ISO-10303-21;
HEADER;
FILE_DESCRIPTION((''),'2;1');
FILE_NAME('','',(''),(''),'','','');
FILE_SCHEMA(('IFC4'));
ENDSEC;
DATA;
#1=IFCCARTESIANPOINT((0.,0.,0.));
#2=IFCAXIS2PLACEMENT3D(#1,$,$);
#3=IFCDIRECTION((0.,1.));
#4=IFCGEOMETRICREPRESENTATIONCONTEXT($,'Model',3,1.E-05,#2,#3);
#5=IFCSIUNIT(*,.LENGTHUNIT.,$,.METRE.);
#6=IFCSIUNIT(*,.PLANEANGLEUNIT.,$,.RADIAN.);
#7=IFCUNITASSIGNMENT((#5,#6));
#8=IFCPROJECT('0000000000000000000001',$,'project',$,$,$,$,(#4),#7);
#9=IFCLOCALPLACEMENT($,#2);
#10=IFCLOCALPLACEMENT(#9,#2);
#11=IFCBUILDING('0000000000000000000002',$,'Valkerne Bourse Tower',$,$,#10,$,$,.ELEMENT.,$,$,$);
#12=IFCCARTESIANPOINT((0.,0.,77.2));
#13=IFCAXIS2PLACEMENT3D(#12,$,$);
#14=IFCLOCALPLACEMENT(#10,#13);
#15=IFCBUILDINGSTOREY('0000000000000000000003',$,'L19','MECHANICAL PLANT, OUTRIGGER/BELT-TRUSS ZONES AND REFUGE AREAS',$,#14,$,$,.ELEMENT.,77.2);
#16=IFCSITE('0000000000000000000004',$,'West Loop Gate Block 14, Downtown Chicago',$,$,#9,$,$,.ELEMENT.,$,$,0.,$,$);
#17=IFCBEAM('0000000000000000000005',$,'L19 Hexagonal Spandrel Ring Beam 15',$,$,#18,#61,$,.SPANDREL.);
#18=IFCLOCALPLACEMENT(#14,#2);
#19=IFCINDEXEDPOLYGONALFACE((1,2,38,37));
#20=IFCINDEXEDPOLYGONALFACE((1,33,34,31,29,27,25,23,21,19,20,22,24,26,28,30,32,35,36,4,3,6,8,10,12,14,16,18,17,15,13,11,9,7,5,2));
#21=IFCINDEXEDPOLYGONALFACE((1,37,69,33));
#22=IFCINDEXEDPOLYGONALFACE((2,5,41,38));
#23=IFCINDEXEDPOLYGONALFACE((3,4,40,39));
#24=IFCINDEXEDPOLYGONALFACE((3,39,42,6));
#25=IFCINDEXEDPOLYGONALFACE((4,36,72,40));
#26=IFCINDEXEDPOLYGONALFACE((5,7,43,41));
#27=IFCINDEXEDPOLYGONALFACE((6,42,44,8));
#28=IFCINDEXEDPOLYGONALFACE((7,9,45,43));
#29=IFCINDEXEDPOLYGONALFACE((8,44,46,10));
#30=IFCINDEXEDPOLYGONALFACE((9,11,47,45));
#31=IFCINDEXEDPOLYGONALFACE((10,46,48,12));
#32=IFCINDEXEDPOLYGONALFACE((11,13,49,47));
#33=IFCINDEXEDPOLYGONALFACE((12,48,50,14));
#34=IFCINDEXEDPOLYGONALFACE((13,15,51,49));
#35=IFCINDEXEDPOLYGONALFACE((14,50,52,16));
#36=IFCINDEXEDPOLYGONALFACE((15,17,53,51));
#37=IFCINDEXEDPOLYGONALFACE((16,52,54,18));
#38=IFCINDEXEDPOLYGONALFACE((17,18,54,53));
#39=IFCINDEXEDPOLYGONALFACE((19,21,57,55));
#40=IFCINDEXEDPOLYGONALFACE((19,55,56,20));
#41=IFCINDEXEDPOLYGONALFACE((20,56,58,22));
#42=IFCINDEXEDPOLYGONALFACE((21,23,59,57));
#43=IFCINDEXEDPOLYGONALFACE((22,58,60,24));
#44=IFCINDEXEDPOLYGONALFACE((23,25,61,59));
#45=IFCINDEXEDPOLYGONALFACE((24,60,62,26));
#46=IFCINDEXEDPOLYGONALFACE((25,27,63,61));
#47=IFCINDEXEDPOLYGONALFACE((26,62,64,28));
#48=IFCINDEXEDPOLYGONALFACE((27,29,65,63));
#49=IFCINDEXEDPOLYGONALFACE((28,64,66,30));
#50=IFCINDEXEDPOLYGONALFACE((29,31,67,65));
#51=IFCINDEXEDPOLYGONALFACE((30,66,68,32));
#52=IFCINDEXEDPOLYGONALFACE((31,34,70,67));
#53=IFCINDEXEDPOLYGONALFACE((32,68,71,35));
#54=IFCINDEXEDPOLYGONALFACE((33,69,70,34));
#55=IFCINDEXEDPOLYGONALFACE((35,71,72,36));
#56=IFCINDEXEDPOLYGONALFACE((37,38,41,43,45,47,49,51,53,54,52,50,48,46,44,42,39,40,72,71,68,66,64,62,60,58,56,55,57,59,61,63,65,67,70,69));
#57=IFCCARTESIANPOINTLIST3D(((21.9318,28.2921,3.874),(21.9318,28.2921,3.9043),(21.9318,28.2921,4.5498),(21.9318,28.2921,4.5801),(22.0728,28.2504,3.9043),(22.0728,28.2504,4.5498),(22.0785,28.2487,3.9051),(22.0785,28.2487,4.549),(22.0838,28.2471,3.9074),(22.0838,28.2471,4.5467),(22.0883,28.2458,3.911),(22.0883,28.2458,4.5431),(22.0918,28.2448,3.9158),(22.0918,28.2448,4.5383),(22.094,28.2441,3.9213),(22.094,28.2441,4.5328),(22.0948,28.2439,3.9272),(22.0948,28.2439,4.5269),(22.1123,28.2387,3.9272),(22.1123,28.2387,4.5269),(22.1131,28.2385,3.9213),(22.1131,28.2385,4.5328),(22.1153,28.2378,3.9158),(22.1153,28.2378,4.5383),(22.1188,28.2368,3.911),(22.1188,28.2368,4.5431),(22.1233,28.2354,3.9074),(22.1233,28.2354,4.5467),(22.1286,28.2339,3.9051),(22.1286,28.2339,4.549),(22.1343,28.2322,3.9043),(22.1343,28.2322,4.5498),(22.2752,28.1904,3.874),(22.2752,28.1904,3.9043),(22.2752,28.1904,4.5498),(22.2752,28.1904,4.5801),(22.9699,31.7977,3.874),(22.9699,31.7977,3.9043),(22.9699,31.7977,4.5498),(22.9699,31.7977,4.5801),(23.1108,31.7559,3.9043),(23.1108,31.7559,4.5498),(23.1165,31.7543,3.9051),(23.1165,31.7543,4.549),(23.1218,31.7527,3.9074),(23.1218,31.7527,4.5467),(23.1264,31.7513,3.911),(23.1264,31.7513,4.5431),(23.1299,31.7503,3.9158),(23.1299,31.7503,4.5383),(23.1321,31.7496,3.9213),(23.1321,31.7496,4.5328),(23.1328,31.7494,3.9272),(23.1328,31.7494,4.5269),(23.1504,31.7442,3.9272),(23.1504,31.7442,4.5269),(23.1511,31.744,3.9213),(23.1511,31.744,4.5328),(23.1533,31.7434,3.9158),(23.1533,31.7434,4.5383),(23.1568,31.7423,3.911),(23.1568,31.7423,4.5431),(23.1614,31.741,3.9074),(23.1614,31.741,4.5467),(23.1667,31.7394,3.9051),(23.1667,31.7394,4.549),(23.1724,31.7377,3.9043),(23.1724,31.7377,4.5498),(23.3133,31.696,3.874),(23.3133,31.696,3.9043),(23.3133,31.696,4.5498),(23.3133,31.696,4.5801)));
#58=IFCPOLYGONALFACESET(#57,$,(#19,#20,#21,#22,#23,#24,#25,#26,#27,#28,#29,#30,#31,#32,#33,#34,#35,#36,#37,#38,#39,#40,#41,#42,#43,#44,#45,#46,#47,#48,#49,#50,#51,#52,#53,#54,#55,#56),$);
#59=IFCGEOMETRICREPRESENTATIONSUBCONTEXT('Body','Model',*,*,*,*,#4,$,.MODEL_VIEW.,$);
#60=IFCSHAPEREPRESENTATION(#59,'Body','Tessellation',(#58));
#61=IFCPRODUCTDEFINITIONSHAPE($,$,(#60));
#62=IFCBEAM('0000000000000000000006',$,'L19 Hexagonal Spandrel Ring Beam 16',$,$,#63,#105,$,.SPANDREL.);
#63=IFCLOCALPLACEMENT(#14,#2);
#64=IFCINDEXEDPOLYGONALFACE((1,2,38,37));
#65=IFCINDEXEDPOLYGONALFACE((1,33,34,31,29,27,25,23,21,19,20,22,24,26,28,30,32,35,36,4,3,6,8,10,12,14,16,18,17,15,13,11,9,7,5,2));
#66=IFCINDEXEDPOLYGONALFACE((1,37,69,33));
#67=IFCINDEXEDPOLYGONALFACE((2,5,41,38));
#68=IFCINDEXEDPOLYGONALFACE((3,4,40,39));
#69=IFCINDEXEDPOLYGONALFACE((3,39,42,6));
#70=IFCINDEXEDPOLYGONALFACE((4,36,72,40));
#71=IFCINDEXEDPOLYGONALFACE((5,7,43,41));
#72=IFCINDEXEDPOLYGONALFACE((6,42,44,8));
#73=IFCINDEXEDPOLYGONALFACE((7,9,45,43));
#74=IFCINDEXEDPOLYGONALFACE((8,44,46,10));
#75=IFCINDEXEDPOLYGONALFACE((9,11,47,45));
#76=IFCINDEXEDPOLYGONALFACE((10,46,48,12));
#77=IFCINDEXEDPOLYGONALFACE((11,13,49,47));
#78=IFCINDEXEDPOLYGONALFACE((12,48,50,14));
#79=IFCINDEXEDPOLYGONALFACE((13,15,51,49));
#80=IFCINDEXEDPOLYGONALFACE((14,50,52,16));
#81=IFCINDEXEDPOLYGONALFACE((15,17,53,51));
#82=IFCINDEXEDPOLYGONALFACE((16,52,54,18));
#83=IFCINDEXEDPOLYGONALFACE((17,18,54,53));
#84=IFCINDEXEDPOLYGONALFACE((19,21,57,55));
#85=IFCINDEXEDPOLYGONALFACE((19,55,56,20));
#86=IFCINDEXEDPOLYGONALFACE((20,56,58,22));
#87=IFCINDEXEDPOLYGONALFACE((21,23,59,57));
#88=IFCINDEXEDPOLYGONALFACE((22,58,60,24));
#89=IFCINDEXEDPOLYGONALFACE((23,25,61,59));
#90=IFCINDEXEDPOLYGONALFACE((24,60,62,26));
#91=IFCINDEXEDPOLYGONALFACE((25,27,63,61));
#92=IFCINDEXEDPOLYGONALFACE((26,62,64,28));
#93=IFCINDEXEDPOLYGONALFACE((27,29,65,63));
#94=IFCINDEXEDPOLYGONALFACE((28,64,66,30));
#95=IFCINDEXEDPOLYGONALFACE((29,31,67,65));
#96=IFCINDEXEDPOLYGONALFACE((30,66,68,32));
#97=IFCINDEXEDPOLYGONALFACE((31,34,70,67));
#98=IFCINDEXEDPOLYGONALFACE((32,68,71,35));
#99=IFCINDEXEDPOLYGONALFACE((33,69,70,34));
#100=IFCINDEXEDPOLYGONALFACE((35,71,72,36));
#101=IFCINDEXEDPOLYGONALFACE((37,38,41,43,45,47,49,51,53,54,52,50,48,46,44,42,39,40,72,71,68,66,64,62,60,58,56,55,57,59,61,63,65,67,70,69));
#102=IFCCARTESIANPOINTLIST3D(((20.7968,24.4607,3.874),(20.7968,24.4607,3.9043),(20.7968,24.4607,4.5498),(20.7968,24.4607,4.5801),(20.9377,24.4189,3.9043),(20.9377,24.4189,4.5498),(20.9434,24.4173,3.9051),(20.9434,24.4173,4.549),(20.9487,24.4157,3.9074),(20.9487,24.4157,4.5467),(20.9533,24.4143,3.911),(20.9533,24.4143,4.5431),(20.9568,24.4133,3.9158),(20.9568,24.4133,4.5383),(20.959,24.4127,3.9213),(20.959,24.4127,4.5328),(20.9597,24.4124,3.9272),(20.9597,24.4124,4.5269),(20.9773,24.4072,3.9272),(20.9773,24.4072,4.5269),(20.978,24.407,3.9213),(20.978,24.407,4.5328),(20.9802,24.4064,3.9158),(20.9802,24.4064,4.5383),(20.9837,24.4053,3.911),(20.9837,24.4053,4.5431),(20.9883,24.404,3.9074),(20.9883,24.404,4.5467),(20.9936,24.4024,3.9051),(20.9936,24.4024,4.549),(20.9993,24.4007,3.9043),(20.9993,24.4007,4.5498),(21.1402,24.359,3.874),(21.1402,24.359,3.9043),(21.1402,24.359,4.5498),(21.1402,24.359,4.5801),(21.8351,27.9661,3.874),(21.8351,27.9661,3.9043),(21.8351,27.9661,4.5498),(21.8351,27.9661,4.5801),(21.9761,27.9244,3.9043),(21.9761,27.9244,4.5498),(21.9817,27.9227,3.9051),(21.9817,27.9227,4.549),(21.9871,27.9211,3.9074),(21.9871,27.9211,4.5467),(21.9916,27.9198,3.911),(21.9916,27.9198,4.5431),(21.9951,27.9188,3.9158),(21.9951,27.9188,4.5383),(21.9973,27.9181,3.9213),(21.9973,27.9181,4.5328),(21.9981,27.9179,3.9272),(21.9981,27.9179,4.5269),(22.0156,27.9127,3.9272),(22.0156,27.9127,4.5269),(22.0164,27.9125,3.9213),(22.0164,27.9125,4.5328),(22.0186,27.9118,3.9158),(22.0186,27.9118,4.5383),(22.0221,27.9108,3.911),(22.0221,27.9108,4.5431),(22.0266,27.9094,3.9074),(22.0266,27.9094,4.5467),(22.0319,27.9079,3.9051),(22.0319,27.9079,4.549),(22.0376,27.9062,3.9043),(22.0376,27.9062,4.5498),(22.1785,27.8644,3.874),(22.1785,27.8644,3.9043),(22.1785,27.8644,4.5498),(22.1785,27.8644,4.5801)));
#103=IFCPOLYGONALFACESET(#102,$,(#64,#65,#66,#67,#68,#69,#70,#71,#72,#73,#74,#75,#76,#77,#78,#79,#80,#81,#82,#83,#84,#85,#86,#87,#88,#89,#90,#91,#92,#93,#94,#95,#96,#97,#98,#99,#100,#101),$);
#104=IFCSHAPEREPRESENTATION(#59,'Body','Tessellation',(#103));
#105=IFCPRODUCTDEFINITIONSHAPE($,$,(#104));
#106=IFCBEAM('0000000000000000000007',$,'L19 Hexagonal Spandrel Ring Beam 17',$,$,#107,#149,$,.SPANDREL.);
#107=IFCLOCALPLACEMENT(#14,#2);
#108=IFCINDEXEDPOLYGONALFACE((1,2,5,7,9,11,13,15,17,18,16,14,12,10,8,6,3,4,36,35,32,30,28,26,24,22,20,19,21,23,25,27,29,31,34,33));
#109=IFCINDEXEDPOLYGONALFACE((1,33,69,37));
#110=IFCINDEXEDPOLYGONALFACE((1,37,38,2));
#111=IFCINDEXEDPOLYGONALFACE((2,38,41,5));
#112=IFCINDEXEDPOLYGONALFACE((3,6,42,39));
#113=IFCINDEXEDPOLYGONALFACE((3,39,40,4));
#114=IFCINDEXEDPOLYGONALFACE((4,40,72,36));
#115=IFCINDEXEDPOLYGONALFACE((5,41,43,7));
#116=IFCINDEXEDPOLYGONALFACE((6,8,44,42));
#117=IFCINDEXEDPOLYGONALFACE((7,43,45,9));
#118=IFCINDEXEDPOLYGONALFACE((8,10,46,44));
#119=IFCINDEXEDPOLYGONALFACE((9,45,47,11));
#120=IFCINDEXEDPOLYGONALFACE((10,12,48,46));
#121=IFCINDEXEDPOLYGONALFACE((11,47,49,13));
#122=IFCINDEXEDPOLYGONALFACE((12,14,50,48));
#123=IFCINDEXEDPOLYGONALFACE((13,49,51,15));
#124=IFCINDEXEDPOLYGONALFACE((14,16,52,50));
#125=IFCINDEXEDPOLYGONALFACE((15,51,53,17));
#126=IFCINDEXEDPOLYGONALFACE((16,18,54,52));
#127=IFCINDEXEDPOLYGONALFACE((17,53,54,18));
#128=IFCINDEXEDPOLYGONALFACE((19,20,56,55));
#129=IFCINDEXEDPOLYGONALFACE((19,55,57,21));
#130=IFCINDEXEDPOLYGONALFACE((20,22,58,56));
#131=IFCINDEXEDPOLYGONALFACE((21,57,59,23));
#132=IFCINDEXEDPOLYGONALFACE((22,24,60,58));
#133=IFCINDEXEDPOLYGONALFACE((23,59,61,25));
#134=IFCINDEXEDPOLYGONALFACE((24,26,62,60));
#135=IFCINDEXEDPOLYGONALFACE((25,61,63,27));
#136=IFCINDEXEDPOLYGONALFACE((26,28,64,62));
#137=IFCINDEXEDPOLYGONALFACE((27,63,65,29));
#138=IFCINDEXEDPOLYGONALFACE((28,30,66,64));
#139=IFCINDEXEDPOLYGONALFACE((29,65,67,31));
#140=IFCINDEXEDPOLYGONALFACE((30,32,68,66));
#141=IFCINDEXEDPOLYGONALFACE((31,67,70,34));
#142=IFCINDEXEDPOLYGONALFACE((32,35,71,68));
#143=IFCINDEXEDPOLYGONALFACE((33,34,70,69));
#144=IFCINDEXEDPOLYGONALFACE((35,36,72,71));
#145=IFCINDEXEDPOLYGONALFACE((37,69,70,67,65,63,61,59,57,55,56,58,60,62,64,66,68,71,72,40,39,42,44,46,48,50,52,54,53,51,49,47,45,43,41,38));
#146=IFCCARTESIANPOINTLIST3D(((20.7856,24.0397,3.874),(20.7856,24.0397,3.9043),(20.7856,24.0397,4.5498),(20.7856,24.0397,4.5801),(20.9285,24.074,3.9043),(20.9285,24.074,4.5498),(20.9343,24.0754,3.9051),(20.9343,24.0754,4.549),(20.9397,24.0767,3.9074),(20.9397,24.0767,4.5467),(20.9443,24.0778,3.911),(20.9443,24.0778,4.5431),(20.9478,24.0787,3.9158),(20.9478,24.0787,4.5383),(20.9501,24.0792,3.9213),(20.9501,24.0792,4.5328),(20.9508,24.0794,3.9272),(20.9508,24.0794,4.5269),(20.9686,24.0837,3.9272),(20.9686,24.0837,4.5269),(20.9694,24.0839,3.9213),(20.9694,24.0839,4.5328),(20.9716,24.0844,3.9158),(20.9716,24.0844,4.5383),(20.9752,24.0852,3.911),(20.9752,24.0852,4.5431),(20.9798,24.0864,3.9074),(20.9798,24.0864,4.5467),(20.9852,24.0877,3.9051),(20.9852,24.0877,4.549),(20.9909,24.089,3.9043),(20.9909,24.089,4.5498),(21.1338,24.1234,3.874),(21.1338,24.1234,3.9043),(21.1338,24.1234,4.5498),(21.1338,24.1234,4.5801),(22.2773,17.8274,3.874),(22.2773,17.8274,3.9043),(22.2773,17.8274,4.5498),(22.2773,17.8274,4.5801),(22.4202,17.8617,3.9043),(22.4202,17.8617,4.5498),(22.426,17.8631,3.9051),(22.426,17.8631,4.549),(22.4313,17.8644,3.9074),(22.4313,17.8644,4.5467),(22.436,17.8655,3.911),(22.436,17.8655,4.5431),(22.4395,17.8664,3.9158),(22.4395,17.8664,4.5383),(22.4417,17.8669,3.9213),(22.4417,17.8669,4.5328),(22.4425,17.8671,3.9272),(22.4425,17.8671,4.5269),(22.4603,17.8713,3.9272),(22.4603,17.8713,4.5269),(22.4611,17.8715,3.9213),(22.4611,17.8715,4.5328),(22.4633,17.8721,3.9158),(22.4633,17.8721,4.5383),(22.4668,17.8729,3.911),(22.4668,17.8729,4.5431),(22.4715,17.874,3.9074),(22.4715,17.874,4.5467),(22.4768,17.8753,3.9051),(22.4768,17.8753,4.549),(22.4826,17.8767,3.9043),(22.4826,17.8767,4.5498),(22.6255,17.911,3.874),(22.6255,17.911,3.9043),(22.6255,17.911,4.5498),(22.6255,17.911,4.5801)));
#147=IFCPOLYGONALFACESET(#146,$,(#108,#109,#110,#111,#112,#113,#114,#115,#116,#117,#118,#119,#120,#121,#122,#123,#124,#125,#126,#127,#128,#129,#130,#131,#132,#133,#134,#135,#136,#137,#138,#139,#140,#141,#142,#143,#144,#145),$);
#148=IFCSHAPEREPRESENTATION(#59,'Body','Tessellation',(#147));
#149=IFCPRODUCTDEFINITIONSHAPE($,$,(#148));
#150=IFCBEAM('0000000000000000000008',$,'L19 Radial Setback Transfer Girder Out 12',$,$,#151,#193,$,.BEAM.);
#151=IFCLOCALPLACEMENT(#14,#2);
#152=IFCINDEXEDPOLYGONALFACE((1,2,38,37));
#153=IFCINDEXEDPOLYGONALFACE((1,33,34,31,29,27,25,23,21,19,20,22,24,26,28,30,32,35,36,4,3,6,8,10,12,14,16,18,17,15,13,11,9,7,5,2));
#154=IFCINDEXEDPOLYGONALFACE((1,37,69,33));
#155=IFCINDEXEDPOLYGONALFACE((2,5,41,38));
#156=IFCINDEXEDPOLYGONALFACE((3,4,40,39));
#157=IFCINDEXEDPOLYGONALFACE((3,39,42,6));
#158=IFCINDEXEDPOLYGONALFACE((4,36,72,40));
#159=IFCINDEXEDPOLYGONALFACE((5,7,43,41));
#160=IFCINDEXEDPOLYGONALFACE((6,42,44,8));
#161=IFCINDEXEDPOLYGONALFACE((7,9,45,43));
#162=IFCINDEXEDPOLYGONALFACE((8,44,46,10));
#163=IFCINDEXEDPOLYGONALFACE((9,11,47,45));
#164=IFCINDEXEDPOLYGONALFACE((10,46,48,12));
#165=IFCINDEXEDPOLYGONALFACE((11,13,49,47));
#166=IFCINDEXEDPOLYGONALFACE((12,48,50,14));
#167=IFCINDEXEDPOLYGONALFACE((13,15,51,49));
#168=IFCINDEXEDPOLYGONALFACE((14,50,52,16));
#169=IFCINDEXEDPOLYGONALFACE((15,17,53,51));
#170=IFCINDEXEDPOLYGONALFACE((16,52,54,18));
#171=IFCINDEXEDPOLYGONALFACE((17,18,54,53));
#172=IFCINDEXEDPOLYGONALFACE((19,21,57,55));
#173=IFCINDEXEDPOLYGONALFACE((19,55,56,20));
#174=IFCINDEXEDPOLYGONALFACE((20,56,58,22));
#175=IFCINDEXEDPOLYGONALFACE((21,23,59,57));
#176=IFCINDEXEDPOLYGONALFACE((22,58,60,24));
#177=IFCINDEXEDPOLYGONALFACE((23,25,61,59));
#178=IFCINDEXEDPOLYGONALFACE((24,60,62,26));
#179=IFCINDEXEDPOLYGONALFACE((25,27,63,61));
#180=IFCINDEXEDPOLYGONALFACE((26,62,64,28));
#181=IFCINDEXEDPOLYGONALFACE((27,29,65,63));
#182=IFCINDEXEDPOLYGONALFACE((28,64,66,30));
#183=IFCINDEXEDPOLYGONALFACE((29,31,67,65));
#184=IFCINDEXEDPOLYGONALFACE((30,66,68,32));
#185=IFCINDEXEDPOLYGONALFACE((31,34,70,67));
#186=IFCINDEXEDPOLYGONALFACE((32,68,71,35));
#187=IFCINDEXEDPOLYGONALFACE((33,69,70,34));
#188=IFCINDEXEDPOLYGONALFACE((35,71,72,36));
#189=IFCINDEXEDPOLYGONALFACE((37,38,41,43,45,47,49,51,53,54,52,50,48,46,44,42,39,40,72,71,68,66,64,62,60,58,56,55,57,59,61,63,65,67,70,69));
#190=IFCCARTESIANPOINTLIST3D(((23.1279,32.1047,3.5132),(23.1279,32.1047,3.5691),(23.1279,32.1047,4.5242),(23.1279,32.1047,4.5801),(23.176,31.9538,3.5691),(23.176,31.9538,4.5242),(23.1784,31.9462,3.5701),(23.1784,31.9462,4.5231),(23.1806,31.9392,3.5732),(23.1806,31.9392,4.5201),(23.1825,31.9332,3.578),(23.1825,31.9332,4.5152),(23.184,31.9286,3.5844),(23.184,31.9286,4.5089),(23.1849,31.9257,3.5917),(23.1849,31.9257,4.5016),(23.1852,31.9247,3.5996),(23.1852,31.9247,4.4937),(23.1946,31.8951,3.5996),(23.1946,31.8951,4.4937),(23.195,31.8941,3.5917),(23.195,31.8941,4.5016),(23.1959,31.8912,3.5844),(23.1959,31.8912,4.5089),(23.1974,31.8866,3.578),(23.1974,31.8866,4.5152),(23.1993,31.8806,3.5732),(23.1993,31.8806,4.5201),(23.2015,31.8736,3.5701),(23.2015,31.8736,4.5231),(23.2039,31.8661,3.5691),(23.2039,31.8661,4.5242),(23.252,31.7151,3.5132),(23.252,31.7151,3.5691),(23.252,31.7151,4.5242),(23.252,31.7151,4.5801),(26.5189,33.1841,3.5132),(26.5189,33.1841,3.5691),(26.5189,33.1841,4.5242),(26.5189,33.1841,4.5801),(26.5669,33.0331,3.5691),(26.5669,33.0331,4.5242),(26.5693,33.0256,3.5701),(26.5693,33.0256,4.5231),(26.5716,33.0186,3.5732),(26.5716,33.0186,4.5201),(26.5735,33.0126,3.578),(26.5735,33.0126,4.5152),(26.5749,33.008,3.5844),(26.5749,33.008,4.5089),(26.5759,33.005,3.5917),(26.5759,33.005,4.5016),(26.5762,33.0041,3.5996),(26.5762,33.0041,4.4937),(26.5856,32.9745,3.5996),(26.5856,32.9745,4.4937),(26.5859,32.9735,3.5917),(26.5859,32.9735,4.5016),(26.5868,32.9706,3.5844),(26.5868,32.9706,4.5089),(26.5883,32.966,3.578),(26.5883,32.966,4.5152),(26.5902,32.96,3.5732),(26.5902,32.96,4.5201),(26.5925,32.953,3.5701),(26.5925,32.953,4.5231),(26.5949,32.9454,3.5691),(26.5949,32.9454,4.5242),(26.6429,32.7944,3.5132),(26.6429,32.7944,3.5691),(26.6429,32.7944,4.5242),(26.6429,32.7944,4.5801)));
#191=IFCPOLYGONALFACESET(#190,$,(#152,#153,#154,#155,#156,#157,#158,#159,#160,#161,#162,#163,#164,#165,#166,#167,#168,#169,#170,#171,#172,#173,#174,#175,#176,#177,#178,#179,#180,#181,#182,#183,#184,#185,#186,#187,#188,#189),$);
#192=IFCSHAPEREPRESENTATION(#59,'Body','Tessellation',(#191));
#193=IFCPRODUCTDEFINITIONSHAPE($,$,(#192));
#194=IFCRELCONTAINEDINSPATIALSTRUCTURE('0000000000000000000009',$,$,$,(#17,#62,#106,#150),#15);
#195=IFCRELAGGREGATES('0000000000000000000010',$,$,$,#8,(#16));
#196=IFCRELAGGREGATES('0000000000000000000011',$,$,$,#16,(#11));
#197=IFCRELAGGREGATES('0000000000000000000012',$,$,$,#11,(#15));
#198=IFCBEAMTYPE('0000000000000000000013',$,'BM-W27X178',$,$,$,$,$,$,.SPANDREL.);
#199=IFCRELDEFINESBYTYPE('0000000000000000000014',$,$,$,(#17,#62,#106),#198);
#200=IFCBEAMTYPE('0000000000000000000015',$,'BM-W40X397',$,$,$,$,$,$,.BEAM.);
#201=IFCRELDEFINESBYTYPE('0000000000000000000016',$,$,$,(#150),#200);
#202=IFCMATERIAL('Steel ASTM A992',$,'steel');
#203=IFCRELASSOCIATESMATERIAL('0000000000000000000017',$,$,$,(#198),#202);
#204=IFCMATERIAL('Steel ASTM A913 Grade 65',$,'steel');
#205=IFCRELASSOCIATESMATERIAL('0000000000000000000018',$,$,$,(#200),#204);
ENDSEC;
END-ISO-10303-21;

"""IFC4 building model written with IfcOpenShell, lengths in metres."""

from ifc_helpers import new_model, si_unit, direction, frame, origin, origin_2d, place, context, subcontext, project, spatial, i_section, extrude, material, material_profile, profile_set, type_object, element, save


model = new_model("IFC4")

# Units and contexts
model_context = context("Model", 3, precision=1e-05, world=origin(), true_north=direction((0.0, 1.0)))
body_context = subcontext(model_context, "Body", "Model", "MODEL_VIEW")
ifc_project = project(units=[si_unit("LENGTHUNIT", "METRE"), si_unit("PLANEANGLEUNIT", "RADIAN")], contexts=[model_context])

# Site, building, storey
site_placement = place(None, origin())
site = spatial("IfcSite", under=ifc_project, at=site_placement, Name="West Loop Gate Block 14, Downtown Chicago", CompositionType="ELEMENT", RefElevation=0.0)
building_placement = place(site_placement, origin())
building = spatial("IfcBuilding", under=site, at=building_placement, Name="Valkerne Bourse Tower", CompositionType="ELEMENT")
storey_placement = place(building_placement, frame((0.0, 0.0, 77.2)))
storey = spatial("IfcBuildingStorey", under=building, at=storey_placement, Name="L19", Description="MECHANICAL PLANT, OUTRIGGER/BELT-TRUSS ZONES AND REFUGE AREAS", CompositionType="ELEMENT", Elevation=77.2)

# Shared definitions
ifc_material_1 = material(Name="Steel ASTM A913 Grade 65", Category="steel")

# Beams
ifc_material_2 = material(Name="Steel ASTM A992", Category="steel")
ifc_material_profile_1 = material_profile(ifc_material_2, i_section(OverallWidth=0.3582, OverallDepth=0.7061, WebThickness=0.0183, FlangeThickness=0.0303, FilletRadius=0.0229, at=origin_2d()), Name="W27X178")
ifc_profile_set_1 = profile_set([ifc_material_profile_1], Name="Steel ASTM A992")
beam_type_1 = type_object("IfcBeamType", Name="BM-W27X178", PredefinedType="SPANDREL", material=ifc_profile_set_1)
for number, where, z_axis, x_axis, name in (
    (1, (23.1416, 31.7468, 4.2271), (-0.283934, -0.958844, 0.0), (0.958844, -0.283934, 0.0), "L19 Hexagonal Spandrel Ring Beam 15"),
    (2, (22.0068, 27.9153, 4.2271), (-0.284013, -0.95882, 0.0), (0.95882, -0.284013, 0.0), "L19 Hexagonal Spandrel Ring Beam 16"),
):
    element("IfcBeam", number, at=place(storey_placement, frame(where, z_axis=z_axis, x_axis=x_axis)), inside=storey, type_object=beam_type_1, Name=name, PredefinedType="SPANDREL", context=body_context, shape_type="SweptSolid", body=[
        extrude(i_section(OverallWidth=0.3582, OverallDepth=0.7061, WebThickness=0.0183, FlangeThickness=0.0303, FilletRadius=0.0229, at=origin_2d()), origin(), (0.0, 0.0, 1.0), 3.656),
    ])
beam_1_placement = place(storey_placement, frame((20.9597, 24.0815, 4.2271), z_axis=(0.23348, -0.972362, 0.0), x_axis=(0.972362, 0.23348, 0.0)))
element("IfcBeam", 3, at=beam_1_placement, inside=storey, type_object=beam_type_1, Name="L19 Hexagonal Spandrel Ring Beam 17", PredefinedType="SPANDREL", context=body_context, shape_type="SweptSolid", body=[
    extrude(i_section(OverallWidth=0.3582, OverallDepth=0.7061, WebThickness=0.0183, FlangeThickness=0.0303, FilletRadius=0.0229, at=origin_2d()), origin(), (0.0, 0.0, 1.0), 6.3889),
])
ifc_material_profile_2 = material_profile(ifc_material_1, i_section(OverallWidth=0.4089, OverallDepth=1.0669, WebThickness=0.031, FlangeThickness=0.0559, FilletRadius=0.0305, at=origin_2d()), Name="W40X397")
ifc_profile_set_2 = profile_set([ifc_material_profile_2], Name="Steel ASTM A913 Grade 65")
beam_type_2 = type_object("IfcBeamType", Name="BM-W40X397", PredefinedType="BEAM", material=ifc_profile_set_2)
beam_2_placement = place(storey_placement, frame((23.1899, 31.9099, 4.0466), z_axis=(0.952891, 0.303314, 0.0), x_axis=(-0.303314, 0.952891, 0.0)))
element("IfcBeam", 4, at=beam_2_placement, inside=storey, type_object=beam_type_2, Name="L19 Radial Setback Transfer Girder Out 12", PredefinedType="BEAM", context=body_context, shape_type="SweptSolid", body=[
    extrude(i_section(OverallWidth=0.4089, OverallDepth=1.0669, WebThickness=0.031, FlangeThickness=0.0559, FilletRadius=0.0305, at=origin_2d()), origin(), (0.0, 0.0, 1.0), 3.5586),
])

save(model, "model.ifc")
